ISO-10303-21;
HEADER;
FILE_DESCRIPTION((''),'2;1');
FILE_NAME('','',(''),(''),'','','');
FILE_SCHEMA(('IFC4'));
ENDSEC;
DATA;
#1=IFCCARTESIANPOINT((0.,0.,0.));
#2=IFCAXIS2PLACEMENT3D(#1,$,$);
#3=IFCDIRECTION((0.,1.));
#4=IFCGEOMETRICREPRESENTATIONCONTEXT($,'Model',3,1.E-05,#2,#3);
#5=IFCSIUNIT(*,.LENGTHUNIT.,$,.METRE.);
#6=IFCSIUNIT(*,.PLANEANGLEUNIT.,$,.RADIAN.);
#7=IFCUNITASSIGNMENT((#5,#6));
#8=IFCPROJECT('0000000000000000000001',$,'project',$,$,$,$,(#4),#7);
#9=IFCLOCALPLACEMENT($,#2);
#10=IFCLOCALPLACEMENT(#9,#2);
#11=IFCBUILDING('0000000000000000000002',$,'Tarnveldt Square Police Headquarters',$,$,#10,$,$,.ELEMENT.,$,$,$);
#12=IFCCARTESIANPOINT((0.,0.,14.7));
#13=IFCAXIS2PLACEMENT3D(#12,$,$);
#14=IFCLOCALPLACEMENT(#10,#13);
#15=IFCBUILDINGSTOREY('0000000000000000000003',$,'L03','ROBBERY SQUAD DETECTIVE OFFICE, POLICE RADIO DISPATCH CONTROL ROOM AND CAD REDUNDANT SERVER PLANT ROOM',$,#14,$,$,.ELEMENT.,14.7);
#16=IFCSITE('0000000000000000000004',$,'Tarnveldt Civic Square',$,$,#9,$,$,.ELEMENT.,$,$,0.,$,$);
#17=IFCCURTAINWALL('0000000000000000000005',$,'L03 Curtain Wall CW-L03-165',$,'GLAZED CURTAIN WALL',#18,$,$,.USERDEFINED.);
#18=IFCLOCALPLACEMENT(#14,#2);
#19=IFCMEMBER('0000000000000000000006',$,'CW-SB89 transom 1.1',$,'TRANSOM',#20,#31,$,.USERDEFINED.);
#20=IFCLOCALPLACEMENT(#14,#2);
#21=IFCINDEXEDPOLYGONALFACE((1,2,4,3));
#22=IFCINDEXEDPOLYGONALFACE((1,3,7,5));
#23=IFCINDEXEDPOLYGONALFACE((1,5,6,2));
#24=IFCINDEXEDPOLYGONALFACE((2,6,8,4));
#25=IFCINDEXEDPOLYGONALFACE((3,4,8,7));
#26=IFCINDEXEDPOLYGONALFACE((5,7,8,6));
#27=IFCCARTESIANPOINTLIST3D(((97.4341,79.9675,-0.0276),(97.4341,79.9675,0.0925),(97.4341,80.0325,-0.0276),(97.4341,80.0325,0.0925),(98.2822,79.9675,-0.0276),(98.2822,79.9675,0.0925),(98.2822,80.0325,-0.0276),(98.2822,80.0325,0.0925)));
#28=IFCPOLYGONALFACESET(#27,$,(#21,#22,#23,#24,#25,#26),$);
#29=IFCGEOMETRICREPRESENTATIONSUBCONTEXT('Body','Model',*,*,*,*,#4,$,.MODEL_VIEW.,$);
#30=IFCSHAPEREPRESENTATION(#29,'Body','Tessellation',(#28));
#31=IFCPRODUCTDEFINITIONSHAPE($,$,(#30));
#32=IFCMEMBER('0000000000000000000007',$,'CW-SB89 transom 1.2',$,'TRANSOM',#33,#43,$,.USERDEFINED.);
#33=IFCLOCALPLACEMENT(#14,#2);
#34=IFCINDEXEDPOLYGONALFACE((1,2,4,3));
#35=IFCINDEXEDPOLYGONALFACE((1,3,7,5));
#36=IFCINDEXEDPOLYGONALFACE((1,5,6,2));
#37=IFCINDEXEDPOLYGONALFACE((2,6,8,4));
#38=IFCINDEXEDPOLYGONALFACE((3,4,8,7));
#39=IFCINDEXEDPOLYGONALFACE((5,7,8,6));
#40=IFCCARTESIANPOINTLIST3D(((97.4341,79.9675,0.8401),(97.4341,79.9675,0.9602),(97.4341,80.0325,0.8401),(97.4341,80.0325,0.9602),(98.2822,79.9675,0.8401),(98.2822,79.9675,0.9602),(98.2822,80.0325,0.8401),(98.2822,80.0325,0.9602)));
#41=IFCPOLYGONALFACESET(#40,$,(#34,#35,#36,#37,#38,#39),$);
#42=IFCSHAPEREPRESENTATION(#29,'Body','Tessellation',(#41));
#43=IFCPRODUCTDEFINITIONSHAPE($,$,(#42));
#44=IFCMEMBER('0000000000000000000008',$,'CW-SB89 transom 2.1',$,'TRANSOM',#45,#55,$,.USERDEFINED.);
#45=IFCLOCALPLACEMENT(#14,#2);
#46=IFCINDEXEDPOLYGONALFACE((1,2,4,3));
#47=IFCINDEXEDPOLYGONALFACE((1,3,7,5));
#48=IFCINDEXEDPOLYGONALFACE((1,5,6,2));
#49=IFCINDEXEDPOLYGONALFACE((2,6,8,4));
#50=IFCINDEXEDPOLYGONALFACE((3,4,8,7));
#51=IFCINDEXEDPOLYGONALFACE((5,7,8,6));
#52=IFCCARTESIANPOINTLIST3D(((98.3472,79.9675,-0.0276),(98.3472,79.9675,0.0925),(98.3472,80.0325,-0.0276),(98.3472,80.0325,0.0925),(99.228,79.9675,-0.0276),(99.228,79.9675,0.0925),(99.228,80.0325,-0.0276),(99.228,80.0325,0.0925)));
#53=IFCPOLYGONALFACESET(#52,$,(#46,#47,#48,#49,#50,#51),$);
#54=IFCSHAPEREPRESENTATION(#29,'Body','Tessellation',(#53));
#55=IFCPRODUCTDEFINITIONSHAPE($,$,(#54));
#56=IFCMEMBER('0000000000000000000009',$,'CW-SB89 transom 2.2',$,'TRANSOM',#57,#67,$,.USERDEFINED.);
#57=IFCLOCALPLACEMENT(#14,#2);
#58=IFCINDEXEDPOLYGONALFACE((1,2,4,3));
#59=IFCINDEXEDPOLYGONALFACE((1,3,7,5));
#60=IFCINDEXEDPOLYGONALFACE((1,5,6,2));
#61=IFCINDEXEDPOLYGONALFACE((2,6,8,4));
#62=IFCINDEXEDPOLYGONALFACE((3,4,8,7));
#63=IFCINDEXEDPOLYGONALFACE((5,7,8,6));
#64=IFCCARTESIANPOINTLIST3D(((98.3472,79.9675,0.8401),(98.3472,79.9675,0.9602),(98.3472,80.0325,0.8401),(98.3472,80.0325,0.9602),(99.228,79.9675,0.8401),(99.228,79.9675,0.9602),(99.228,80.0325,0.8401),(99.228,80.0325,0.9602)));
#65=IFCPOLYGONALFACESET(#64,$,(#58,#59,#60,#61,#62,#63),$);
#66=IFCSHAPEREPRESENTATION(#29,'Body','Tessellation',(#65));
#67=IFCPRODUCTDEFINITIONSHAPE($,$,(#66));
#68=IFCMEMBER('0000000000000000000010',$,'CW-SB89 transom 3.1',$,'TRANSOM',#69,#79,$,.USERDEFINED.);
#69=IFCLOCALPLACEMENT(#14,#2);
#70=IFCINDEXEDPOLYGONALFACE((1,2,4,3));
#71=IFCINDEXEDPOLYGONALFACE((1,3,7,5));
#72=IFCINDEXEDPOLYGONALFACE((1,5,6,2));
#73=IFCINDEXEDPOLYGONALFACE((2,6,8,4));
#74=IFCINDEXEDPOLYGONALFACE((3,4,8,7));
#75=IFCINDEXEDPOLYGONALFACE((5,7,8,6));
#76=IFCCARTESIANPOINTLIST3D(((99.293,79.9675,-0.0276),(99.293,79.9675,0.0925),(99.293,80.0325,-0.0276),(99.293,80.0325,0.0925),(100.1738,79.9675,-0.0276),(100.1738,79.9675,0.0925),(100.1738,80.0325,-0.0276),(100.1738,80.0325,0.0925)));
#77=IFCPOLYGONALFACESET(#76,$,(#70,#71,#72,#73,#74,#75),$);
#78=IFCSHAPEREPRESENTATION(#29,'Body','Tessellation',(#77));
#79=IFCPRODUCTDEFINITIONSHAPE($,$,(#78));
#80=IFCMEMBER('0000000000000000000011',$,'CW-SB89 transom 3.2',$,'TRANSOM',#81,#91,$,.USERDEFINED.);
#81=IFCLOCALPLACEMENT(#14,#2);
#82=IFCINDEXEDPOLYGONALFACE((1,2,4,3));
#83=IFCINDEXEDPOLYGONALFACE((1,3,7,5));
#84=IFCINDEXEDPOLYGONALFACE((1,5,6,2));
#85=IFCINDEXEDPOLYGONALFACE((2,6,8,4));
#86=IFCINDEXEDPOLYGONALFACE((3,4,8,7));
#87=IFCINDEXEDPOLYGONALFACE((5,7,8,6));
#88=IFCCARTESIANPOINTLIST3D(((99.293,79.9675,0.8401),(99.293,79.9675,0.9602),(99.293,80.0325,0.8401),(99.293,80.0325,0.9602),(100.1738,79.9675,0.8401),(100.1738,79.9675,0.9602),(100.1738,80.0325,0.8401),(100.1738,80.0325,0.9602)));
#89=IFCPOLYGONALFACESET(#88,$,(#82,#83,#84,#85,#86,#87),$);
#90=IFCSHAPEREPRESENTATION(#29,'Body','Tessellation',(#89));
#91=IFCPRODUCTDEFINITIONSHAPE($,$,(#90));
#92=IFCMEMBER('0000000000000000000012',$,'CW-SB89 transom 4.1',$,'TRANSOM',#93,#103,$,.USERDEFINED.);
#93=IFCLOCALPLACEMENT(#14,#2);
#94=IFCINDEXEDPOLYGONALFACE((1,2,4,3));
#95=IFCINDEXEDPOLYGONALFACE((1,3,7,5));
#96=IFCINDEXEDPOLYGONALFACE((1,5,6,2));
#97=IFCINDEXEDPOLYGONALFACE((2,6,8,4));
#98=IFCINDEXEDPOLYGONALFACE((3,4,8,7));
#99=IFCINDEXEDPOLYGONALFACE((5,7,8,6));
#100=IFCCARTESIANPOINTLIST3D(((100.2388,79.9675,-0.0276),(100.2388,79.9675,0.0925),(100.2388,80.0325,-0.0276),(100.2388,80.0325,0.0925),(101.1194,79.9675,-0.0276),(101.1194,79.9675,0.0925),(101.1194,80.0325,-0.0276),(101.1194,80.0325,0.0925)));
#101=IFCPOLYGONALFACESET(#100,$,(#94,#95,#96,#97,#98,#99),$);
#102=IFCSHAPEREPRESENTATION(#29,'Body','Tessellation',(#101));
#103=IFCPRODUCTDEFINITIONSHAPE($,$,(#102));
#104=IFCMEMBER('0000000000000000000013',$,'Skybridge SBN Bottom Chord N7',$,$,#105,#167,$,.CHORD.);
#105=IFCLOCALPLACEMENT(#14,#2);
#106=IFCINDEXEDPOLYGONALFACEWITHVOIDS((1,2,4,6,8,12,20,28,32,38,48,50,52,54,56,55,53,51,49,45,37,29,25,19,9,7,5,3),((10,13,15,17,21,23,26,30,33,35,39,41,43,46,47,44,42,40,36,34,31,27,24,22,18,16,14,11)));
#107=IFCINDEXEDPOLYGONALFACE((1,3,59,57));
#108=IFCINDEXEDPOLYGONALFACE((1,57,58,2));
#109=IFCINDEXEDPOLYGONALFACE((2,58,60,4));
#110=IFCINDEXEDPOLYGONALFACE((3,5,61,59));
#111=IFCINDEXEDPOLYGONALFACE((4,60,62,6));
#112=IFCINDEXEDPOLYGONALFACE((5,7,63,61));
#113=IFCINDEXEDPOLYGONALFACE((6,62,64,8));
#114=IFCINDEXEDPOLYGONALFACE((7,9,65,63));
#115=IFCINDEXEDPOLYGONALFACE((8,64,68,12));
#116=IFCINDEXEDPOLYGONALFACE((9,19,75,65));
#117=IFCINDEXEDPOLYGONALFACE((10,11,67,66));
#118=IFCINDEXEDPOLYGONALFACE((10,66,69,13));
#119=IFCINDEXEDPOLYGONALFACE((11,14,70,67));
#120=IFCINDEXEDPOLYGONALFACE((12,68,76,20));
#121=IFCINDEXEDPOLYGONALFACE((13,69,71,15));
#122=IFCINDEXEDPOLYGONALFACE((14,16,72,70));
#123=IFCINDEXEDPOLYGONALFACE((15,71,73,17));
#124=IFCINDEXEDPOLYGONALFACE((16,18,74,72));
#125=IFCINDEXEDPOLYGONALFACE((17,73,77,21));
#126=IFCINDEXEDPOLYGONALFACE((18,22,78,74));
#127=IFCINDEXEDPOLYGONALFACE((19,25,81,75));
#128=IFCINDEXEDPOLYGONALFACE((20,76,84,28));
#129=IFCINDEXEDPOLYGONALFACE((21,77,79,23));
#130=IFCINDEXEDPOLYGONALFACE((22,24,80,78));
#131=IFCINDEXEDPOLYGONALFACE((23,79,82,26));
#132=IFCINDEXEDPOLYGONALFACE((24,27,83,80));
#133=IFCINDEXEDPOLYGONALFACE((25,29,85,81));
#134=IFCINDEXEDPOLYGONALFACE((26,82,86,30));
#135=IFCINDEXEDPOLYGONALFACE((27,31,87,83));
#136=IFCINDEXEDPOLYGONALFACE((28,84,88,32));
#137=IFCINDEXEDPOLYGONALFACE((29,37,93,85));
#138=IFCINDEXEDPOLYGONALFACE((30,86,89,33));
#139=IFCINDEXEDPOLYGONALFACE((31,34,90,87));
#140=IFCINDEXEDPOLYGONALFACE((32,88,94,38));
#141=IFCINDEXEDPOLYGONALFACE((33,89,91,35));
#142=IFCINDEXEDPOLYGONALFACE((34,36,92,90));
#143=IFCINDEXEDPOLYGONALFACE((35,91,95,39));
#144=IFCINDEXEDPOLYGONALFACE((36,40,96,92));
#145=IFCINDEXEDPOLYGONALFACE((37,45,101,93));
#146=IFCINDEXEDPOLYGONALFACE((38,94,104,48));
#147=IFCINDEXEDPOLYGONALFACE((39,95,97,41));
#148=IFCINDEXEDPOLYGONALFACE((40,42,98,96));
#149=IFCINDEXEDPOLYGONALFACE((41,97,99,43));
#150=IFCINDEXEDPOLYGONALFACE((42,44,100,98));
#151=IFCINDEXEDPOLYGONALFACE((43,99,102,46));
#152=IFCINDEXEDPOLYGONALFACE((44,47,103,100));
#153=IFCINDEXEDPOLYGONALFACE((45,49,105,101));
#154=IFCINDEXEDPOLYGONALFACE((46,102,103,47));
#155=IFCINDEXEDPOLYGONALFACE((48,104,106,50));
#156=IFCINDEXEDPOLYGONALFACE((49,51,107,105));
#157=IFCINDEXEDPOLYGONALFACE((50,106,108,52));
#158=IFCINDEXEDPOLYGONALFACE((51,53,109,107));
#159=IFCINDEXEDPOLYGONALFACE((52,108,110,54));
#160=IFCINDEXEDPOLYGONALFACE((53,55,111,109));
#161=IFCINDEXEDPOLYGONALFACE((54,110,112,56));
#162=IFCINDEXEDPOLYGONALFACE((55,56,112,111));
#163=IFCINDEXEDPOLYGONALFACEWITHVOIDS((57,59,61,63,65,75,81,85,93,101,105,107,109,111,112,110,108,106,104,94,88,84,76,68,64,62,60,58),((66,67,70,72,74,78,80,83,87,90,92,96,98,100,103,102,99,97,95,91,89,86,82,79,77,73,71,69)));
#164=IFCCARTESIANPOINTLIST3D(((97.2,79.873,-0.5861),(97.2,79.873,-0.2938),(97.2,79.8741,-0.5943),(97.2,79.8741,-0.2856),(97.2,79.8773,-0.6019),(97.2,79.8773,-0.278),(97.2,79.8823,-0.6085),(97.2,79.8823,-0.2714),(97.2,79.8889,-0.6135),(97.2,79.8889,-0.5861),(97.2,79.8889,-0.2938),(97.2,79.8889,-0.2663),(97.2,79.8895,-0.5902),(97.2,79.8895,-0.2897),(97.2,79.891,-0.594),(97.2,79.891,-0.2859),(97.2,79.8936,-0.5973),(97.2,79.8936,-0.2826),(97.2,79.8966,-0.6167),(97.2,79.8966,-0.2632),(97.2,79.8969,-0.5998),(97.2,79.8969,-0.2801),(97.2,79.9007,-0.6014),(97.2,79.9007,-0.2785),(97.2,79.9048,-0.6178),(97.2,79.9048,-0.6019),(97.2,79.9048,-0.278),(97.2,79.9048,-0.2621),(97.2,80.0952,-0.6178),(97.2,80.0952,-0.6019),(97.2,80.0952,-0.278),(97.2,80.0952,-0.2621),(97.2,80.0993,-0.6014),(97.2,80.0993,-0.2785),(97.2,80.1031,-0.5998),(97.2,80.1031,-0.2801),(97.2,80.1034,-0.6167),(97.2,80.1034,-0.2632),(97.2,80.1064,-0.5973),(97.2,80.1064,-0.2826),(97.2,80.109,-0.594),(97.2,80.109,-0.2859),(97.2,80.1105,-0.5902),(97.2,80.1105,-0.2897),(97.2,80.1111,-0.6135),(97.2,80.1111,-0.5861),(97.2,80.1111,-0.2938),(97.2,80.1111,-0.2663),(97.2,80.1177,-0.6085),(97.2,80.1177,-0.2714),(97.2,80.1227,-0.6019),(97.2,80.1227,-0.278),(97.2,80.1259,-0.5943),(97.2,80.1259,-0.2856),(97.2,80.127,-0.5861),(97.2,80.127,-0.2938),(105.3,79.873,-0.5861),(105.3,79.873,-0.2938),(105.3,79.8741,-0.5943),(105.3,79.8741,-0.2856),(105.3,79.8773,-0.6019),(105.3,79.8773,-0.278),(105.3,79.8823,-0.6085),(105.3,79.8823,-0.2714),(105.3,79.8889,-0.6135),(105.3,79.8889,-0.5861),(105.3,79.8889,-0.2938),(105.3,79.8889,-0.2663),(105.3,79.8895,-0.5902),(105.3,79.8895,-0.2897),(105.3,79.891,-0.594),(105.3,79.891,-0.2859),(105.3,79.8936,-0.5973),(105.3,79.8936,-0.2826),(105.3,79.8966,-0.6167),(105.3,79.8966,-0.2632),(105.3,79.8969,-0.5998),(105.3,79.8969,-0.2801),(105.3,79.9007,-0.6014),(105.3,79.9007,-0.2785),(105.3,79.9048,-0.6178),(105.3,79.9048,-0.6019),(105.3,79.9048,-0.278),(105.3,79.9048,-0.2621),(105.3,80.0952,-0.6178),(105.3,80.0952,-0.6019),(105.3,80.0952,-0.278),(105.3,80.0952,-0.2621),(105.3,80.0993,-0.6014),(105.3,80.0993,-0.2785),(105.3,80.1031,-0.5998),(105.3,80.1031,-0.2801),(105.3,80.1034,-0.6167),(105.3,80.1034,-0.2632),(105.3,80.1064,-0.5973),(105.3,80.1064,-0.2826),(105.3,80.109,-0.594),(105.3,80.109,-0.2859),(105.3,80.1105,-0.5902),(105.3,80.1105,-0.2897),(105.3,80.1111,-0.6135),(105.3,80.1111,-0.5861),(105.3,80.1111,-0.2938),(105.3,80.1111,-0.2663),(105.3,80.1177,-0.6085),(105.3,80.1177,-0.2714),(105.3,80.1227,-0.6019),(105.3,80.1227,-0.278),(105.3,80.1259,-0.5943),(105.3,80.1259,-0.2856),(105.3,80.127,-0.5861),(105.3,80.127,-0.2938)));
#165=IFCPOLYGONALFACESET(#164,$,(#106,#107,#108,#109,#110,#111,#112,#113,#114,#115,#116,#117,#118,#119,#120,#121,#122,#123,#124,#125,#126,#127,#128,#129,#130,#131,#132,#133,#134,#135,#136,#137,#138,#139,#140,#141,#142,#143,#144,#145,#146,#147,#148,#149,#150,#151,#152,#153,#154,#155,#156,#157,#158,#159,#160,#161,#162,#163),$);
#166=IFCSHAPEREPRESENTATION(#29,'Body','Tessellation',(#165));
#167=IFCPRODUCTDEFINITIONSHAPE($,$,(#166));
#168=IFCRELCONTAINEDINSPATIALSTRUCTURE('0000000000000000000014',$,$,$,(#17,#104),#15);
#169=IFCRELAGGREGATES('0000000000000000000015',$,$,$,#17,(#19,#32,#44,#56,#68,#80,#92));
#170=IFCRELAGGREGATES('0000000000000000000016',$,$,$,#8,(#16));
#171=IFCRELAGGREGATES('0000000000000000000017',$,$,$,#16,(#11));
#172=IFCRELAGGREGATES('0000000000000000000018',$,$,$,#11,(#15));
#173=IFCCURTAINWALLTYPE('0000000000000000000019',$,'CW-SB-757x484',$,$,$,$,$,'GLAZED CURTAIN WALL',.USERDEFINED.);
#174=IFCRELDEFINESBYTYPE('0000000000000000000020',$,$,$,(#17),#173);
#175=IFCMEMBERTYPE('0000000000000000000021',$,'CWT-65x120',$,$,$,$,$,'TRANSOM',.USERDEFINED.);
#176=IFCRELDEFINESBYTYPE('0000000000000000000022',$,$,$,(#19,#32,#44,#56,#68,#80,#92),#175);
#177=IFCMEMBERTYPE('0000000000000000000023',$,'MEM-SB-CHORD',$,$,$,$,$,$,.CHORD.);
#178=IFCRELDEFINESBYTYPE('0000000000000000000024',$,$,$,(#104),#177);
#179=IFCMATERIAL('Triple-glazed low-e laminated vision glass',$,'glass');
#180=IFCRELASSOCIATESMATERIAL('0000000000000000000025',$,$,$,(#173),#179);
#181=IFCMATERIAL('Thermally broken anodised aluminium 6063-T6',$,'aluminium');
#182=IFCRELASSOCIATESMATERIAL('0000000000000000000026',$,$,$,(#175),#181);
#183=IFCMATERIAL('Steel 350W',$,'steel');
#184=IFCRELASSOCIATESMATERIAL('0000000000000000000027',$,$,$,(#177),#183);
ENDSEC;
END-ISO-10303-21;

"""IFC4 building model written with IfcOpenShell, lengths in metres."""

from ifc_helpers import new_model, si_unit, direction, frame, origin, origin_2d, place, context, subcontext, project, spatial, rectangle, hollow_rectangle, extrude, material, material_profile, profile_set, type_object, element, aggregate, save


model = new_model("IFC4")

# Units and contexts
model_context = context("Model", 3, precision=1e-05, world=origin(), true_north=direction((0.0, 1.0)))
body_context = subcontext(model_context, "Body", "Model", "MODEL_VIEW")
ifc_project = project(units=[si_unit("LENGTHUNIT", "METRE"), si_unit("PLANEANGLEUNIT", "RADIAN")], contexts=[model_context])

# Site, building, storey
site_placement = place(None, origin())
site = spatial("IfcSite", under=ifc_project, at=site_placement, Name="Tarnveldt Civic Square", CompositionType="ELEMENT", RefElevation=0.0)
building_placement = place(site_placement, origin())
building = spatial("IfcBuilding", under=site, at=building_placement, Name="Tarnveldt Square Police Headquarters", CompositionType="ELEMENT")
storey_placement = place(building_placement, frame((0.0, 0.0, 14.7)))
storey = spatial("IfcBuildingStorey", under=building, at=storey_placement, Name="L03", Description="ROBBERY SQUAD DETECTIVE OFFICE, POLICE RADIO DISPATCH CONTROL ROOM AND CAD REDUNDANT SERVER PLANT ROOM", CompositionType="ELEMENT", Elevation=14.7)

# Shared definitions
ifc_material_1 = material(Name="Steel 350W", Category="steel")

# Curtain wall
ifc_material_2 = material(Name="Triple-glazed low-e laminated vision glass", Category="glass")
ifc_material_3 = material(Name="Thermally broken anodised aluminium 6063-T6", Category="aluminium")
curtain_wall_type_1 = type_object("IfcCurtainWallType", Name="CW-SB-757x484", ElementType="GLAZED CURTAIN WALL", PredefinedType="USERDEFINED", material=ifc_material_2)
curtain_wall_1_placement = place(storey_placement, origin())
curtain_wall_1 = element("IfcCurtainWall", 1, at=curtain_wall_1_placement, inside=storey, type_object=curtain_wall_type_1, Name="L03 Curtain Wall CW-L03-165", ObjectType="GLAZED CURTAIN WALL", PredefinedType="USERDEFINED")

# Members
ifc_material_profile_1 = material_profile(ifc_material_3, rectangle(XDim=0.0649, YDim=0.1201, at=origin_2d()), Name="CW-T65x120")
ifc_profile_set_1 = profile_set([ifc_material_profile_1], Name="Thermally broken anodised aluminium 6063-T6")
member_type_1 = type_object("IfcMemberType", Name="CWT-65x120", ElementType="TRANSOM", PredefinedType="USERDEFINED", material=ifc_profile_set_1)
member_1_placement = place(storey_placement, frame((97.4341, 80.0, 0.0325), z_axis=(1.0, 0.0, 0.0), x_axis=(0.0, 1.0, 0.0)))
member_1 = element("IfcMember", 2, at=member_1_placement, type_object=member_type_1, Name="CW-SB89 transom 1.1", ObjectType="TRANSOM", PredefinedType="USERDEFINED", context=body_context, shape_type="SweptSolid", body=[
    extrude(rectangle(XDim=0.0649, YDim=0.1201, at=origin_2d()), origin(), (0.0, 0.0, 1.0), 0.8481),
])
member_2_placement = place(storey_placement, frame((97.4341, 80.0, 0.9001), z_axis=(1.0, 0.0, 0.0), x_axis=(0.0, 1.0, 0.0)))
member_2 = element("IfcMember", 3, at=member_2_placement, type_object=member_type_1, Name="CW-SB89 transom 1.2", ObjectType="TRANSOM", PredefinedType="USERDEFINED", context=body_context, shape_type="SweptSolid", body=[
    extrude(rectangle(XDim=0.0649, YDim=0.1201, at=origin_2d()), origin(), (0.0, 0.0, 1.0), 0.8481),
])
member_3_placement = place(storey_placement, frame((98.3472, 80.0, 0.0325), z_axis=(1.0, 0.0, 0.0), x_axis=(0.0, 1.0, 0.0)))
member_3 = element("IfcMember", 4, at=member_3_placement, type_object=member_type_1, Name="CW-SB89 transom 2.1", ObjectType="TRANSOM", PredefinedType="USERDEFINED", context=body_context, shape_type="SweptSolid", body=[
    extrude(rectangle(XDim=0.0649, YDim=0.1201, at=origin_2d()), origin(), (0.0, 0.0, 1.0), 0.8809),
])
member_4_placement = place(storey_placement, frame((98.3472, 80.0, 0.9001), z_axis=(1.0, 0.0, 0.0), x_axis=(0.0, 1.0, 0.0)))
member_4 = element("IfcMember", 5, at=member_4_placement, type_object=member_type_1, Name="CW-SB89 transom 2.2", ObjectType="TRANSOM", PredefinedType="USERDEFINED", context=body_context, shape_type="SweptSolid", body=[
    extrude(rectangle(XDim=0.0649, YDim=0.1201, at=origin_2d()), origin(), (0.0, 0.0, 1.0), 0.8809),
])
member_5_placement = place(storey_placement, frame((99.293, 80.0, 0.0325), z_axis=(1.0, 0.0, 0.0), x_axis=(0.0, 1.0, 0.0)))
member_5 = element("IfcMember", 6, at=member_5_placement, type_object=member_type_1, Name="CW-SB89 transom 3.1", ObjectType="TRANSOM", PredefinedType="USERDEFINED", context=body_context, shape_type="SweptSolid", body=[
    extrude(rectangle(XDim=0.0649, YDim=0.1201, at=origin_2d()), origin(), (0.0, 0.0, 1.0), 0.8809),
])
member_6_placement = place(storey_placement, frame((99.293, 80.0, 0.9001), z_axis=(1.0, 0.0, 0.0), x_axis=(0.0, 1.0, 0.0)))
member_6 = element("IfcMember", 7, at=member_6_placement, type_object=member_type_1, Name="CW-SB89 transom 3.2", ObjectType="TRANSOM", PredefinedType="USERDEFINED", context=body_context, shape_type="SweptSolid", body=[
    extrude(rectangle(XDim=0.0649, YDim=0.1201, at=origin_2d()), origin(), (0.0, 0.0, 1.0), 0.8809),
])
member_7_placement = place(storey_placement, frame((100.2388, 80.0, 0.0325), z_axis=(1.0, 0.0, 0.0), x_axis=(0.0, 1.0, 0.0)))
member_7 = element("IfcMember", 8, at=member_7_placement, type_object=member_type_1, Name="CW-SB89 transom 4.1", ObjectType="TRANSOM", PredefinedType="USERDEFINED", context=body_context, shape_type="SweptSolid", body=[
    extrude(rectangle(XDim=0.0649, YDim=0.1201, at=origin_2d()), origin(), (0.0, 0.0, 1.0), 0.8806),
])

# Member
ifc_material_profile_2 = material_profile(ifc_material_1, hollow_rectangle(XDim=0.2539, YDim=0.3557, WallThickness=0.0159, InnerFilletRadius=0.0159, OuterFilletRadius=0.0317, at=origin_2d()), Name="HSS356x254x16")
ifc_profile_set_2 = profile_set([ifc_material_profile_2], Name="Steel 350W")
member_type_2 = type_object("IfcMemberType", Name="MEM-SB-CHORD", PredefinedType="CHORD", material=ifc_profile_set_2)
member_8_placement = place(storey_placement, frame((97.2, 80.0, -0.4399), z_axis=(1.0, 0.0, 0.0), x_axis=(0.0, 1.0, 0.0)))
element("IfcMember", 9, at=member_8_placement, inside=storey, type_object=member_type_2, Name="Skybridge SBN Bottom Chord N7", PredefinedType="CHORD", context=body_context, shape_type="SweptSolid", body=[
    extrude(hollow_rectangle(XDim=0.2539, YDim=0.3557, WallThickness=0.0159, InnerFilletRadius=0.0159, OuterFilletRadius=0.0317, at=origin_2d()), origin(), (0.0, 0.0, 1.0), 8.1001),
])

aggregate(curtain_wall_1, [member_1, member_2, member_3, member_4, member_5, member_6, member_7])

save(model, "model.ifc")
